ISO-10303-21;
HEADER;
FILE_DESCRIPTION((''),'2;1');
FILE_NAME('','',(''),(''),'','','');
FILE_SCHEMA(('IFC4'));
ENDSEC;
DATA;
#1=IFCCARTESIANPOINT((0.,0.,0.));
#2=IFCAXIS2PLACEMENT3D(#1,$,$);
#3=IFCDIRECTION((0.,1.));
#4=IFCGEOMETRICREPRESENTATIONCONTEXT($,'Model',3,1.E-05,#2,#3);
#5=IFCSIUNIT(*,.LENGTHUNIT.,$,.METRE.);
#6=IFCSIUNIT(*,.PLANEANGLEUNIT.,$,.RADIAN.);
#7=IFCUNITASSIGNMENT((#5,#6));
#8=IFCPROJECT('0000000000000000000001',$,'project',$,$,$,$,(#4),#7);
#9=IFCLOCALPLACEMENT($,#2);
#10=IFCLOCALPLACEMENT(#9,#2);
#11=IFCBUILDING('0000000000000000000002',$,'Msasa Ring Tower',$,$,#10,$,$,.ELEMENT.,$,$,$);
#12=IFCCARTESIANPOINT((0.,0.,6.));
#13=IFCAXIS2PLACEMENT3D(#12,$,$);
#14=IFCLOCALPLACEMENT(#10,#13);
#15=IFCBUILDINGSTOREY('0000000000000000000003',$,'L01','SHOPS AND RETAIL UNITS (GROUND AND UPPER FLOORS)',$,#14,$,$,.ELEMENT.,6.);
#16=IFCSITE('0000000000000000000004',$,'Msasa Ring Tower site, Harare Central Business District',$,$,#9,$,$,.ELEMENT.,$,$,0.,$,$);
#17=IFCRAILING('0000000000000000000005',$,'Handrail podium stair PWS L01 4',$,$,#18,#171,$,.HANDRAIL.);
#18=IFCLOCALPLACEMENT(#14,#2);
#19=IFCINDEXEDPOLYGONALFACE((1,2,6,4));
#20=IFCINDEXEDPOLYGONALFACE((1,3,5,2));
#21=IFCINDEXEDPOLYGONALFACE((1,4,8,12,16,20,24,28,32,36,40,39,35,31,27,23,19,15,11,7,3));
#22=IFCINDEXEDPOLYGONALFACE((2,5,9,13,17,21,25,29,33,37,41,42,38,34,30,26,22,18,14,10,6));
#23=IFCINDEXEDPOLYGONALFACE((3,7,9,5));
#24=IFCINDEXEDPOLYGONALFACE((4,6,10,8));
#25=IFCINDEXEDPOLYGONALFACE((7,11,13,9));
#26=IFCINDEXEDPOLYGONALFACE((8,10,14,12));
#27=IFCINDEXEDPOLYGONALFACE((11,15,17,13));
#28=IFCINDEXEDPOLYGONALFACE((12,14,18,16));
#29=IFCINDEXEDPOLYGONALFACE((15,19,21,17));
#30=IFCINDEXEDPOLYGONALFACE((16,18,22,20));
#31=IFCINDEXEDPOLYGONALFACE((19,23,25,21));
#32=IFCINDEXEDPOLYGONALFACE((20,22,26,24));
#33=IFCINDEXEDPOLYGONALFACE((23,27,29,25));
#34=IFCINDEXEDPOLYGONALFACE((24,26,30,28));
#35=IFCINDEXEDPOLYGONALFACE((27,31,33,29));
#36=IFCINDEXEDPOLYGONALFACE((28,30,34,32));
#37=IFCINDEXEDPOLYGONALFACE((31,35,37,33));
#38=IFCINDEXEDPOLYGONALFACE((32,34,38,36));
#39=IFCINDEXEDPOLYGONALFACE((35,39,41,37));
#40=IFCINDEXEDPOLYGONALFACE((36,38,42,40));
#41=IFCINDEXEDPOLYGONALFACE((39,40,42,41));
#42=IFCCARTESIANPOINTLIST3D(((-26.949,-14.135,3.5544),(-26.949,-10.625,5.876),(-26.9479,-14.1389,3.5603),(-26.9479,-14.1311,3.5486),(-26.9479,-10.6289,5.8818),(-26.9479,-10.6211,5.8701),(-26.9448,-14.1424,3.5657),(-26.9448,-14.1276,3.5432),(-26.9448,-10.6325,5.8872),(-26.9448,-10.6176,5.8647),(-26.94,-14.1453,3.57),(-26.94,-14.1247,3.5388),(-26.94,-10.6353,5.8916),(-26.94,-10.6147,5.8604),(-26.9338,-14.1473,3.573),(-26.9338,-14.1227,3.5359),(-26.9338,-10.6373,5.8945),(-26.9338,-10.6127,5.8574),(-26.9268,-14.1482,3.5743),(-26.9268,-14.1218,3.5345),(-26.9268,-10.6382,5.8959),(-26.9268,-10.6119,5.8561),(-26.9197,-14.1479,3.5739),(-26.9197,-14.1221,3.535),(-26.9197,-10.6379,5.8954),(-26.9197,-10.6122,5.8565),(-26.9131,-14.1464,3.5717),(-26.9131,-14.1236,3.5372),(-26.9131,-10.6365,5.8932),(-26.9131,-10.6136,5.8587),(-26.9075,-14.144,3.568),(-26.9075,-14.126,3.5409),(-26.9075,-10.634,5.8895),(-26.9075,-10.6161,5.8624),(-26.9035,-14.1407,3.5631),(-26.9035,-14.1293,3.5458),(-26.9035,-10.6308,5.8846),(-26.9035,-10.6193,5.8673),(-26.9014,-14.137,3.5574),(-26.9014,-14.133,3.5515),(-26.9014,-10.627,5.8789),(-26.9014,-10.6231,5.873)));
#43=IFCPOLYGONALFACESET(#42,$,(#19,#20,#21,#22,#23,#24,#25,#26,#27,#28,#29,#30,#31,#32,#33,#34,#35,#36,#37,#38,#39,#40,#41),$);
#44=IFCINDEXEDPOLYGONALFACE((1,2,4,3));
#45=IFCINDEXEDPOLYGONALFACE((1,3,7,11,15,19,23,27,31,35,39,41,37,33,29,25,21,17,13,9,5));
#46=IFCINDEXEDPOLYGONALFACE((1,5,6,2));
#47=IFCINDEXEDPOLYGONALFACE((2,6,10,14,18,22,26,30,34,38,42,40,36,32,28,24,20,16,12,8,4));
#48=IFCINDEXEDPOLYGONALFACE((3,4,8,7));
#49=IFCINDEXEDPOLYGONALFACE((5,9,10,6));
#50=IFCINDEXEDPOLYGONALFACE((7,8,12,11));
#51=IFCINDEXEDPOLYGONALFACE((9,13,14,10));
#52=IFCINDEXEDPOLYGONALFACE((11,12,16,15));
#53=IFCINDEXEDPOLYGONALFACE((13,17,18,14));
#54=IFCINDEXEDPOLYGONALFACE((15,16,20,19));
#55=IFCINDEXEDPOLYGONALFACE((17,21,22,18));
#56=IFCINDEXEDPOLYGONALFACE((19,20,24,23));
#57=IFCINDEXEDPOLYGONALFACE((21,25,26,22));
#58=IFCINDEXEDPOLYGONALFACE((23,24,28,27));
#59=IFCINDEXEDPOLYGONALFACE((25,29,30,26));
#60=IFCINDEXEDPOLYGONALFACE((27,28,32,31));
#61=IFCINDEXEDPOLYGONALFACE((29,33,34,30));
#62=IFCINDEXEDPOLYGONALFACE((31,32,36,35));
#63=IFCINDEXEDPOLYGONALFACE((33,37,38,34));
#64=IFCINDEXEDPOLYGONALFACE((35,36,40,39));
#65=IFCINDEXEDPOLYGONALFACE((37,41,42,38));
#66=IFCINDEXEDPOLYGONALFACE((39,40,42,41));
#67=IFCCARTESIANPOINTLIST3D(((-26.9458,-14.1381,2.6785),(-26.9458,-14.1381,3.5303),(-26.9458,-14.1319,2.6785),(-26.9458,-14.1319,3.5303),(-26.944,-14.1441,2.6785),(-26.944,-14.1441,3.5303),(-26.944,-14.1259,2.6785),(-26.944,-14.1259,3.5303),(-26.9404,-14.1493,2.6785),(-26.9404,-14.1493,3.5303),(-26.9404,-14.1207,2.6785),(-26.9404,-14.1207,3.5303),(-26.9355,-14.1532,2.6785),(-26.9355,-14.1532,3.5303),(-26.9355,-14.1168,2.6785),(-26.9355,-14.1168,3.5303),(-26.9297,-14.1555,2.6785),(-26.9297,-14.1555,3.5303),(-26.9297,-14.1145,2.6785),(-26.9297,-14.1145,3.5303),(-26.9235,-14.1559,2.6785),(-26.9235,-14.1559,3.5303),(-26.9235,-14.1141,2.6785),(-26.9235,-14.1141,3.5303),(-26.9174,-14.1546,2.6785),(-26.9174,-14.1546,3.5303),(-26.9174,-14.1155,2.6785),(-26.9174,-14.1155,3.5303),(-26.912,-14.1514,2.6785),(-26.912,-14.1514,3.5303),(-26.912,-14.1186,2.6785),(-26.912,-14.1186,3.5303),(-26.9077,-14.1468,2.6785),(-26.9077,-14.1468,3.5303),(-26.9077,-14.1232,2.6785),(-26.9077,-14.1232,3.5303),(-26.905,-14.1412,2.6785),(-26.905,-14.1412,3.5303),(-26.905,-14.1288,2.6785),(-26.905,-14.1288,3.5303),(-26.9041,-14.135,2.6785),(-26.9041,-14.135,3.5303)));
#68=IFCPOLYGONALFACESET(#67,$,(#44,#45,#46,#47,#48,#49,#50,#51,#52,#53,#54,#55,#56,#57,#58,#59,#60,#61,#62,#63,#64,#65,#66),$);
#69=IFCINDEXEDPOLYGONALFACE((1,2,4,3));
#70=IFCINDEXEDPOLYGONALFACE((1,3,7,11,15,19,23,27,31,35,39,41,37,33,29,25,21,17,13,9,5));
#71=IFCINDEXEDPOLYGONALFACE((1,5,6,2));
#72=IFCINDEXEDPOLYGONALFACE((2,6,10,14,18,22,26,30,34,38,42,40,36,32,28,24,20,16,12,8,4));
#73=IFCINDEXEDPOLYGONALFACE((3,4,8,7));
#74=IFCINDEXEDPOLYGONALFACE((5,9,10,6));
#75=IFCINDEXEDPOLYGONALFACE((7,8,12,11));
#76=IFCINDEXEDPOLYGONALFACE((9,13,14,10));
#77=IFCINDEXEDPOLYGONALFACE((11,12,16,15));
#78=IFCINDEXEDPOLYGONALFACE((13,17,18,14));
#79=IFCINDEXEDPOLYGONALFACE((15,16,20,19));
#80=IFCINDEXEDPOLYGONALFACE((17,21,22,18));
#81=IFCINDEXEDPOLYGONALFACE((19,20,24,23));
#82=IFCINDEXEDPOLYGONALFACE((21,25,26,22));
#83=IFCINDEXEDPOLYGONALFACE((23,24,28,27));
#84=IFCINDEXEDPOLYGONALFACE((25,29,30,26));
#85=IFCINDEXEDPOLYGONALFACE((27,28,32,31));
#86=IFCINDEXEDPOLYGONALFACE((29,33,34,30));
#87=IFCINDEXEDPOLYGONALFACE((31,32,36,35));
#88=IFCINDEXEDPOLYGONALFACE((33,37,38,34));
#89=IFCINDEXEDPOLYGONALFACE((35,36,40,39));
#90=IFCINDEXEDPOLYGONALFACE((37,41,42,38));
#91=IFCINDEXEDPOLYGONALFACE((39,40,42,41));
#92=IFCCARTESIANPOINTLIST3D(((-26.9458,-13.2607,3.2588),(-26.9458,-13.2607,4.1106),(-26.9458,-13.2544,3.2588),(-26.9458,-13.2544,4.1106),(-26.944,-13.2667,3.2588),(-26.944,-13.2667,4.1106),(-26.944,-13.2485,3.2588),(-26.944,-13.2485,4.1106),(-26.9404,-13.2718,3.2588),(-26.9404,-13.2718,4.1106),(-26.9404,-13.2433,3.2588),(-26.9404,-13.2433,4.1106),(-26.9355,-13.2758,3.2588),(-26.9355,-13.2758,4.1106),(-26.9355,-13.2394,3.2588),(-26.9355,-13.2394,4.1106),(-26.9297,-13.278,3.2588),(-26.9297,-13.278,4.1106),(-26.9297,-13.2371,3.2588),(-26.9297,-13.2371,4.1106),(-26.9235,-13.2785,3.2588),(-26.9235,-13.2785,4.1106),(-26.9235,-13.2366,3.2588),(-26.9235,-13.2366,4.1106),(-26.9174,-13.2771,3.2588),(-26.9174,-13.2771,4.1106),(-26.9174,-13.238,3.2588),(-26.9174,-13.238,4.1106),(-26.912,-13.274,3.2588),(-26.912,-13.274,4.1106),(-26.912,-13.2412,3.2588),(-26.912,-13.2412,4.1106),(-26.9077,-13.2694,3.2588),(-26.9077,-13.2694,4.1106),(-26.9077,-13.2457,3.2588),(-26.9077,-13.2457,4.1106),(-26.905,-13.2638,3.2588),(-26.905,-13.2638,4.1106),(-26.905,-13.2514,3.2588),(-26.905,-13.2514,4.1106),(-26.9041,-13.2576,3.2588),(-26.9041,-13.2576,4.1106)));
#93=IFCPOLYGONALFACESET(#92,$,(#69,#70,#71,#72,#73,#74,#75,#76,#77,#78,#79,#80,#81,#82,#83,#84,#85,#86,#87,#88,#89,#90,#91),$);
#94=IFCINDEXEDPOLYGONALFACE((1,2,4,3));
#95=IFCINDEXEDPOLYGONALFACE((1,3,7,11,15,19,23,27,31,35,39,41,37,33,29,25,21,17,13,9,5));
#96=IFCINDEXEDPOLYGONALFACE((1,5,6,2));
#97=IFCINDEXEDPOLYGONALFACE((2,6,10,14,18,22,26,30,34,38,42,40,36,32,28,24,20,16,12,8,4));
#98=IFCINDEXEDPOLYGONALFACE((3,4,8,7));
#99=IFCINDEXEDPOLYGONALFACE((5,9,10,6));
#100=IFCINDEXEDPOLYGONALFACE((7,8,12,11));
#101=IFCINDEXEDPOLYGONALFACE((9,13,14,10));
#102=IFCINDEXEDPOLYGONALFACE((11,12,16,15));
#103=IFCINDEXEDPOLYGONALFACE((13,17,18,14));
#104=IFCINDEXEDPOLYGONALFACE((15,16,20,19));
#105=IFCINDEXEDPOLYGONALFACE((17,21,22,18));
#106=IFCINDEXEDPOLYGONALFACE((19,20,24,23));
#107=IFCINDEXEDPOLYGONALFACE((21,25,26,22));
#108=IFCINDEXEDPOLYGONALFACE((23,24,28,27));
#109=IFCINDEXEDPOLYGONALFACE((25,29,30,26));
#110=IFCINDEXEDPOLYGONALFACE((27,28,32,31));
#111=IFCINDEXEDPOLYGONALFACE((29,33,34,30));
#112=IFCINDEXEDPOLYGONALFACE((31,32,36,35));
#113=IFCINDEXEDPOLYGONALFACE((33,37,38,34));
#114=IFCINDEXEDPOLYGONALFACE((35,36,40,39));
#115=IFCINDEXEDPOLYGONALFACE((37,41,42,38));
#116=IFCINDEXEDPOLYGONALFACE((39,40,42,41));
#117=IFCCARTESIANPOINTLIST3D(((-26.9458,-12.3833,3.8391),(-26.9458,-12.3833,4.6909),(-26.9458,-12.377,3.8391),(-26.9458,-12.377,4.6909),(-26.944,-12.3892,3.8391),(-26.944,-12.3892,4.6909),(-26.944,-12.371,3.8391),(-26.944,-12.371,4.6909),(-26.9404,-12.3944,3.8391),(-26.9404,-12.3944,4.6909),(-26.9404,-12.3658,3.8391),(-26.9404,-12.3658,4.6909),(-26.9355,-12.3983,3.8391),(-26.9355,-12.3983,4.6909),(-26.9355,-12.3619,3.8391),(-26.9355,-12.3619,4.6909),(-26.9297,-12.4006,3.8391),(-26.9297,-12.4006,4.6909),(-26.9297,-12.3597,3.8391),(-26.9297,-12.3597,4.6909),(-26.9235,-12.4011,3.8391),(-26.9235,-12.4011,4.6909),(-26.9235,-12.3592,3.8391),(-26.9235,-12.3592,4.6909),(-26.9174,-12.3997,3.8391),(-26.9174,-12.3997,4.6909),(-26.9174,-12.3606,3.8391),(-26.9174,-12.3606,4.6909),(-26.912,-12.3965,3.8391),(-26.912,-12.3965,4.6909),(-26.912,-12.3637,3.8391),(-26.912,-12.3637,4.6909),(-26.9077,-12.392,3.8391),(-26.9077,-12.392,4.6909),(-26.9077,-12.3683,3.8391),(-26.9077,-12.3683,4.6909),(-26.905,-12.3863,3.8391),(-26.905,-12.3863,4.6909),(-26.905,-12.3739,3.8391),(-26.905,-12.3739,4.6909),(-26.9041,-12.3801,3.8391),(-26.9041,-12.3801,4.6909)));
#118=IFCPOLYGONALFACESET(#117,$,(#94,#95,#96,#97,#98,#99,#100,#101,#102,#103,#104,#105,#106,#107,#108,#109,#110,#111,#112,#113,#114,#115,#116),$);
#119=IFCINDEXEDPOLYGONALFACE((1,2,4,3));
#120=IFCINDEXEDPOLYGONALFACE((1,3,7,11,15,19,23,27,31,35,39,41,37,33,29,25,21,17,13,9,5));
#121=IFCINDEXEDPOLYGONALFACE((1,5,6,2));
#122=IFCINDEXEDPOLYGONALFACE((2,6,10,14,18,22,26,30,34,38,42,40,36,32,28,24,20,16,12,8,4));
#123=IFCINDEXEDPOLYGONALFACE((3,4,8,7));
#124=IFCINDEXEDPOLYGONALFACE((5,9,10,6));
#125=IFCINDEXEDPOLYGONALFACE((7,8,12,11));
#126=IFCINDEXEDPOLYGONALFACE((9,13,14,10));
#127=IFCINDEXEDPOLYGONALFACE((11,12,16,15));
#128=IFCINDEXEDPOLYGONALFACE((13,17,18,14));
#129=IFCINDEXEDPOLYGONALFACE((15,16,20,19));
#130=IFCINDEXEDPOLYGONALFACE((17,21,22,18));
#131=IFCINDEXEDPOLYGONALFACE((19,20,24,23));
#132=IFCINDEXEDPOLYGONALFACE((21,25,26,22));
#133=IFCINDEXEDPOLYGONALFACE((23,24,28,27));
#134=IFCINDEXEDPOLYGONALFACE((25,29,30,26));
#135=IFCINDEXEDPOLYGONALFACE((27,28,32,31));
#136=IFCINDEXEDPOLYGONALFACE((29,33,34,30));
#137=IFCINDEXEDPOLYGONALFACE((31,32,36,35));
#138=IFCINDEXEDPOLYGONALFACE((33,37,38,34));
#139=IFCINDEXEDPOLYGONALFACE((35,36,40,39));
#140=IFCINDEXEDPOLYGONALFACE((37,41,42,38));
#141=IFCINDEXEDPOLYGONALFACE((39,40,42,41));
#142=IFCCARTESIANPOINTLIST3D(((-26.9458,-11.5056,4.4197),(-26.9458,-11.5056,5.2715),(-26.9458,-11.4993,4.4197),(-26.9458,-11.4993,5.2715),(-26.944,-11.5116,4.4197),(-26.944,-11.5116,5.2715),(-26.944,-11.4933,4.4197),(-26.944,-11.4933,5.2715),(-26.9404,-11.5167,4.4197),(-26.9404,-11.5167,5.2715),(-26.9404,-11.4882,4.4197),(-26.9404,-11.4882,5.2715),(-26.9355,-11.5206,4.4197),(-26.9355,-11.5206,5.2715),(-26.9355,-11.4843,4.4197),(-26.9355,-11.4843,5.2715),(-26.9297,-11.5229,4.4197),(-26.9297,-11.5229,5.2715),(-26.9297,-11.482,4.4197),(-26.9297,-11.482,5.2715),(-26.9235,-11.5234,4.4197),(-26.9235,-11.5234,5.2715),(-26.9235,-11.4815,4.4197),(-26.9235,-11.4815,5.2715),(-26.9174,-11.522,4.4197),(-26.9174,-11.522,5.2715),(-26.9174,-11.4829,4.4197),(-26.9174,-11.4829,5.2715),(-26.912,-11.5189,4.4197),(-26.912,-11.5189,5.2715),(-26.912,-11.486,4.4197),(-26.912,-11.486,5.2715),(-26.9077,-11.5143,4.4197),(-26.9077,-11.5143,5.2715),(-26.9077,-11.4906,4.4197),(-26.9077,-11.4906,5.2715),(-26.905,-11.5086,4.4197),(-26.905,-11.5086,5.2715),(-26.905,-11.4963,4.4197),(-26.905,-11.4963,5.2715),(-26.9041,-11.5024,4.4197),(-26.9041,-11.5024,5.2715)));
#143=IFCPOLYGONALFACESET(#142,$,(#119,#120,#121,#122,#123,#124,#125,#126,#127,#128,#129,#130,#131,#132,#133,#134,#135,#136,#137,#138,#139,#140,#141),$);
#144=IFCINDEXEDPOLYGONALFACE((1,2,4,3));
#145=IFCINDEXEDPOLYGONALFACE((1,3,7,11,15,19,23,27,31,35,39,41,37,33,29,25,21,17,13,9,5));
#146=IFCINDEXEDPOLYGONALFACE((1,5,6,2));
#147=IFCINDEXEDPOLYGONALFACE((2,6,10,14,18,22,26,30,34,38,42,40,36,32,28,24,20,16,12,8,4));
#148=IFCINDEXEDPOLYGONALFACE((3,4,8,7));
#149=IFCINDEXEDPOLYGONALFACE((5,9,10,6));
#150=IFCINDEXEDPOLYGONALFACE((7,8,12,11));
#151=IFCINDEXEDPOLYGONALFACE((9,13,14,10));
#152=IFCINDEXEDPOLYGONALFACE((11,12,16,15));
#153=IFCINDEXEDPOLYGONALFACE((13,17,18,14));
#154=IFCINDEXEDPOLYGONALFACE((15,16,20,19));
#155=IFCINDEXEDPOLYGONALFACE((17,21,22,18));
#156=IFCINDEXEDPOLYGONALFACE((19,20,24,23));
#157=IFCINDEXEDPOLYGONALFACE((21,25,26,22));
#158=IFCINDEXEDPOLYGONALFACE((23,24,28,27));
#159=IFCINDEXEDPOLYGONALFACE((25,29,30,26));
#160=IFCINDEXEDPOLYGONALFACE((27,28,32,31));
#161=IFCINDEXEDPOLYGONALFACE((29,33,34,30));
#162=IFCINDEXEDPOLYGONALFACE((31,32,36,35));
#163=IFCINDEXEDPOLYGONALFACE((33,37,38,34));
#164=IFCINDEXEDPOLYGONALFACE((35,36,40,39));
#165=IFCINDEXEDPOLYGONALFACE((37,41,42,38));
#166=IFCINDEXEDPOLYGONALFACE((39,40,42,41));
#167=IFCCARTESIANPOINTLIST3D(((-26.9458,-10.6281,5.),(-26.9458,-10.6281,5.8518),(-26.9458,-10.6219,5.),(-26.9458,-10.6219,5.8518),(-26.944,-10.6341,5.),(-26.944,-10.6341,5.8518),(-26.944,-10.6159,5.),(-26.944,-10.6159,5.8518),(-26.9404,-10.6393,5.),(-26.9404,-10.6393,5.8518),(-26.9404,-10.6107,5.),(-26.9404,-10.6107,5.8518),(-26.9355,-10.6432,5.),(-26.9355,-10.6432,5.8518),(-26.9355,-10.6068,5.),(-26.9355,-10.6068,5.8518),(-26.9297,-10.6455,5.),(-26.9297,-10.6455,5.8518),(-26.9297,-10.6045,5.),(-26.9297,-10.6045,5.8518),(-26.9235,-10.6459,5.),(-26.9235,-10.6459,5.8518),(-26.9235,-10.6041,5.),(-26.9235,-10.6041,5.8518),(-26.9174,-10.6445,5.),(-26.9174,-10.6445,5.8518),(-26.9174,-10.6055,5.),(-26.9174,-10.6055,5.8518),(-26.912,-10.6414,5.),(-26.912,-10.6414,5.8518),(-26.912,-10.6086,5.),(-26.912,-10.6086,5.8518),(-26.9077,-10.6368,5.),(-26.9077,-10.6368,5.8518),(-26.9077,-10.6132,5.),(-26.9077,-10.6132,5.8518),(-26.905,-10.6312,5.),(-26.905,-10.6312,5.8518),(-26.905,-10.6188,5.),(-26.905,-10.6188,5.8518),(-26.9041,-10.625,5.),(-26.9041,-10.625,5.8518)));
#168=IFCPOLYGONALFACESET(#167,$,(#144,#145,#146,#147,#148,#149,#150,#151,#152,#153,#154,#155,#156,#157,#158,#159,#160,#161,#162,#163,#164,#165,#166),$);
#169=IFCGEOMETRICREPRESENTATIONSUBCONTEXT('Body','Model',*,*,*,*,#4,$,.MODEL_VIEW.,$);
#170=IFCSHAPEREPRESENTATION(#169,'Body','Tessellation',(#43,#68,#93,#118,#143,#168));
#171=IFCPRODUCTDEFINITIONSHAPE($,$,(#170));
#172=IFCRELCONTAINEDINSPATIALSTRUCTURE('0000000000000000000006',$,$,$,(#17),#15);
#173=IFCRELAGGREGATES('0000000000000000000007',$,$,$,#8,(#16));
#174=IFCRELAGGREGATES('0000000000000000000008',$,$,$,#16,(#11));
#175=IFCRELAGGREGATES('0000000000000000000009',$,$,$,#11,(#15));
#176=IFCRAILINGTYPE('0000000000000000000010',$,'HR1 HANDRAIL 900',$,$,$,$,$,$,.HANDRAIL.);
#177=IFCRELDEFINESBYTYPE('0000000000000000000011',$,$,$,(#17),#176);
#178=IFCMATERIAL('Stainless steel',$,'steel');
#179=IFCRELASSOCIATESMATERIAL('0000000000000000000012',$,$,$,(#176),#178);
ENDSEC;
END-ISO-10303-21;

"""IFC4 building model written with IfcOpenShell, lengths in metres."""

from ifc_helpers import new_model, si_unit, direction, frame, origin, origin_2d, place, context, subcontext, project, spatial, circle, extrude, material, type_object, element, save


model = new_model("IFC4")

# Units and contexts
model_context = context("Model", 3, precision=1e-05, world=origin(), true_north=direction((0.0, 1.0)))
body_context = subcontext(model_context, "Body", "Model", "MODEL_VIEW")
ifc_project = project(units=[si_unit("LENGTHUNIT", "METRE"), si_unit("PLANEANGLEUNIT", "RADIAN")], contexts=[model_context])

# Site, building, storey
site_placement = place(None, origin())
site = spatial("IfcSite", under=ifc_project, at=site_placement, Name="Msasa Ring Tower site, Harare Central Business District", CompositionType="ELEMENT", RefElevation=0.0)
building_placement = place(site_placement, origin())
building = spatial("IfcBuilding", under=site, at=building_placement, Name="Msasa Ring Tower", CompositionType="ELEMENT")
storey_placement = place(building_placement, frame((0.0, 0.0, 6.0)))
storey = spatial("IfcBuildingStorey", under=building, at=storey_placement, Name="L01", Description="SHOPS AND RETAIL UNITS (GROUND AND UPPER FLOORS)", CompositionType="ELEMENT", Elevation=6.0)

# Railing
ifc_material_1 = material(Name="Stainless steel", Category="steel")
railing_type = type_object("IfcRailingType", Name="HR1 HANDRAIL 900", PredefinedType="HANDRAIL", material=ifc_material_1)
for number, where, name in (
    (1, (-26.925, -14.135, 2.6785), "Handrail podium stair PWS L01 4"),
):
    element("IfcRailing", number, at=place(storey_placement, frame(where)), inside=storey, type_object=railing_type, Name=name, PredefinedType="HANDRAIL", context=body_context, shape_type="SweptSolid", body=[
        extrude(circle(Radius=0.0239, at=origin_2d()), frame((0.0, 0.0, 0.876), z_axis=(0.0, 0.834071, 0.551657), x_axis=(-1.0, 0.0, 0.0)), (0.0, 0.0, 1.0), 4.2083),
        extrude(circle(Radius=0.021, at=origin_2d()), origin(), (0.0, 0.0, 1.0), 0.8518),
        extrude(circle(Radius=0.021, at=origin_2d()), frame((0.0, 0.8774, 0.5803)), (0.0, 0.0, 1.0), 0.8518),
        extrude(circle(Radius=0.021, at=origin_2d()), frame((0.0, 1.7549, 1.1606)), (0.0, 0.0, 1.0), 0.8518),
        extrude(circle(Radius=0.021, at=origin_2d()), frame((0.0, 2.6326, 1.7412)), (0.0, 0.0, 1.0), 0.8518),
        extrude(circle(Radius=0.021, at=origin_2d()), frame((0.0, 3.51, 2.3215)), (0.0, 0.0, 1.0), 0.8518),
    ])

save(model, "model.ifc")
